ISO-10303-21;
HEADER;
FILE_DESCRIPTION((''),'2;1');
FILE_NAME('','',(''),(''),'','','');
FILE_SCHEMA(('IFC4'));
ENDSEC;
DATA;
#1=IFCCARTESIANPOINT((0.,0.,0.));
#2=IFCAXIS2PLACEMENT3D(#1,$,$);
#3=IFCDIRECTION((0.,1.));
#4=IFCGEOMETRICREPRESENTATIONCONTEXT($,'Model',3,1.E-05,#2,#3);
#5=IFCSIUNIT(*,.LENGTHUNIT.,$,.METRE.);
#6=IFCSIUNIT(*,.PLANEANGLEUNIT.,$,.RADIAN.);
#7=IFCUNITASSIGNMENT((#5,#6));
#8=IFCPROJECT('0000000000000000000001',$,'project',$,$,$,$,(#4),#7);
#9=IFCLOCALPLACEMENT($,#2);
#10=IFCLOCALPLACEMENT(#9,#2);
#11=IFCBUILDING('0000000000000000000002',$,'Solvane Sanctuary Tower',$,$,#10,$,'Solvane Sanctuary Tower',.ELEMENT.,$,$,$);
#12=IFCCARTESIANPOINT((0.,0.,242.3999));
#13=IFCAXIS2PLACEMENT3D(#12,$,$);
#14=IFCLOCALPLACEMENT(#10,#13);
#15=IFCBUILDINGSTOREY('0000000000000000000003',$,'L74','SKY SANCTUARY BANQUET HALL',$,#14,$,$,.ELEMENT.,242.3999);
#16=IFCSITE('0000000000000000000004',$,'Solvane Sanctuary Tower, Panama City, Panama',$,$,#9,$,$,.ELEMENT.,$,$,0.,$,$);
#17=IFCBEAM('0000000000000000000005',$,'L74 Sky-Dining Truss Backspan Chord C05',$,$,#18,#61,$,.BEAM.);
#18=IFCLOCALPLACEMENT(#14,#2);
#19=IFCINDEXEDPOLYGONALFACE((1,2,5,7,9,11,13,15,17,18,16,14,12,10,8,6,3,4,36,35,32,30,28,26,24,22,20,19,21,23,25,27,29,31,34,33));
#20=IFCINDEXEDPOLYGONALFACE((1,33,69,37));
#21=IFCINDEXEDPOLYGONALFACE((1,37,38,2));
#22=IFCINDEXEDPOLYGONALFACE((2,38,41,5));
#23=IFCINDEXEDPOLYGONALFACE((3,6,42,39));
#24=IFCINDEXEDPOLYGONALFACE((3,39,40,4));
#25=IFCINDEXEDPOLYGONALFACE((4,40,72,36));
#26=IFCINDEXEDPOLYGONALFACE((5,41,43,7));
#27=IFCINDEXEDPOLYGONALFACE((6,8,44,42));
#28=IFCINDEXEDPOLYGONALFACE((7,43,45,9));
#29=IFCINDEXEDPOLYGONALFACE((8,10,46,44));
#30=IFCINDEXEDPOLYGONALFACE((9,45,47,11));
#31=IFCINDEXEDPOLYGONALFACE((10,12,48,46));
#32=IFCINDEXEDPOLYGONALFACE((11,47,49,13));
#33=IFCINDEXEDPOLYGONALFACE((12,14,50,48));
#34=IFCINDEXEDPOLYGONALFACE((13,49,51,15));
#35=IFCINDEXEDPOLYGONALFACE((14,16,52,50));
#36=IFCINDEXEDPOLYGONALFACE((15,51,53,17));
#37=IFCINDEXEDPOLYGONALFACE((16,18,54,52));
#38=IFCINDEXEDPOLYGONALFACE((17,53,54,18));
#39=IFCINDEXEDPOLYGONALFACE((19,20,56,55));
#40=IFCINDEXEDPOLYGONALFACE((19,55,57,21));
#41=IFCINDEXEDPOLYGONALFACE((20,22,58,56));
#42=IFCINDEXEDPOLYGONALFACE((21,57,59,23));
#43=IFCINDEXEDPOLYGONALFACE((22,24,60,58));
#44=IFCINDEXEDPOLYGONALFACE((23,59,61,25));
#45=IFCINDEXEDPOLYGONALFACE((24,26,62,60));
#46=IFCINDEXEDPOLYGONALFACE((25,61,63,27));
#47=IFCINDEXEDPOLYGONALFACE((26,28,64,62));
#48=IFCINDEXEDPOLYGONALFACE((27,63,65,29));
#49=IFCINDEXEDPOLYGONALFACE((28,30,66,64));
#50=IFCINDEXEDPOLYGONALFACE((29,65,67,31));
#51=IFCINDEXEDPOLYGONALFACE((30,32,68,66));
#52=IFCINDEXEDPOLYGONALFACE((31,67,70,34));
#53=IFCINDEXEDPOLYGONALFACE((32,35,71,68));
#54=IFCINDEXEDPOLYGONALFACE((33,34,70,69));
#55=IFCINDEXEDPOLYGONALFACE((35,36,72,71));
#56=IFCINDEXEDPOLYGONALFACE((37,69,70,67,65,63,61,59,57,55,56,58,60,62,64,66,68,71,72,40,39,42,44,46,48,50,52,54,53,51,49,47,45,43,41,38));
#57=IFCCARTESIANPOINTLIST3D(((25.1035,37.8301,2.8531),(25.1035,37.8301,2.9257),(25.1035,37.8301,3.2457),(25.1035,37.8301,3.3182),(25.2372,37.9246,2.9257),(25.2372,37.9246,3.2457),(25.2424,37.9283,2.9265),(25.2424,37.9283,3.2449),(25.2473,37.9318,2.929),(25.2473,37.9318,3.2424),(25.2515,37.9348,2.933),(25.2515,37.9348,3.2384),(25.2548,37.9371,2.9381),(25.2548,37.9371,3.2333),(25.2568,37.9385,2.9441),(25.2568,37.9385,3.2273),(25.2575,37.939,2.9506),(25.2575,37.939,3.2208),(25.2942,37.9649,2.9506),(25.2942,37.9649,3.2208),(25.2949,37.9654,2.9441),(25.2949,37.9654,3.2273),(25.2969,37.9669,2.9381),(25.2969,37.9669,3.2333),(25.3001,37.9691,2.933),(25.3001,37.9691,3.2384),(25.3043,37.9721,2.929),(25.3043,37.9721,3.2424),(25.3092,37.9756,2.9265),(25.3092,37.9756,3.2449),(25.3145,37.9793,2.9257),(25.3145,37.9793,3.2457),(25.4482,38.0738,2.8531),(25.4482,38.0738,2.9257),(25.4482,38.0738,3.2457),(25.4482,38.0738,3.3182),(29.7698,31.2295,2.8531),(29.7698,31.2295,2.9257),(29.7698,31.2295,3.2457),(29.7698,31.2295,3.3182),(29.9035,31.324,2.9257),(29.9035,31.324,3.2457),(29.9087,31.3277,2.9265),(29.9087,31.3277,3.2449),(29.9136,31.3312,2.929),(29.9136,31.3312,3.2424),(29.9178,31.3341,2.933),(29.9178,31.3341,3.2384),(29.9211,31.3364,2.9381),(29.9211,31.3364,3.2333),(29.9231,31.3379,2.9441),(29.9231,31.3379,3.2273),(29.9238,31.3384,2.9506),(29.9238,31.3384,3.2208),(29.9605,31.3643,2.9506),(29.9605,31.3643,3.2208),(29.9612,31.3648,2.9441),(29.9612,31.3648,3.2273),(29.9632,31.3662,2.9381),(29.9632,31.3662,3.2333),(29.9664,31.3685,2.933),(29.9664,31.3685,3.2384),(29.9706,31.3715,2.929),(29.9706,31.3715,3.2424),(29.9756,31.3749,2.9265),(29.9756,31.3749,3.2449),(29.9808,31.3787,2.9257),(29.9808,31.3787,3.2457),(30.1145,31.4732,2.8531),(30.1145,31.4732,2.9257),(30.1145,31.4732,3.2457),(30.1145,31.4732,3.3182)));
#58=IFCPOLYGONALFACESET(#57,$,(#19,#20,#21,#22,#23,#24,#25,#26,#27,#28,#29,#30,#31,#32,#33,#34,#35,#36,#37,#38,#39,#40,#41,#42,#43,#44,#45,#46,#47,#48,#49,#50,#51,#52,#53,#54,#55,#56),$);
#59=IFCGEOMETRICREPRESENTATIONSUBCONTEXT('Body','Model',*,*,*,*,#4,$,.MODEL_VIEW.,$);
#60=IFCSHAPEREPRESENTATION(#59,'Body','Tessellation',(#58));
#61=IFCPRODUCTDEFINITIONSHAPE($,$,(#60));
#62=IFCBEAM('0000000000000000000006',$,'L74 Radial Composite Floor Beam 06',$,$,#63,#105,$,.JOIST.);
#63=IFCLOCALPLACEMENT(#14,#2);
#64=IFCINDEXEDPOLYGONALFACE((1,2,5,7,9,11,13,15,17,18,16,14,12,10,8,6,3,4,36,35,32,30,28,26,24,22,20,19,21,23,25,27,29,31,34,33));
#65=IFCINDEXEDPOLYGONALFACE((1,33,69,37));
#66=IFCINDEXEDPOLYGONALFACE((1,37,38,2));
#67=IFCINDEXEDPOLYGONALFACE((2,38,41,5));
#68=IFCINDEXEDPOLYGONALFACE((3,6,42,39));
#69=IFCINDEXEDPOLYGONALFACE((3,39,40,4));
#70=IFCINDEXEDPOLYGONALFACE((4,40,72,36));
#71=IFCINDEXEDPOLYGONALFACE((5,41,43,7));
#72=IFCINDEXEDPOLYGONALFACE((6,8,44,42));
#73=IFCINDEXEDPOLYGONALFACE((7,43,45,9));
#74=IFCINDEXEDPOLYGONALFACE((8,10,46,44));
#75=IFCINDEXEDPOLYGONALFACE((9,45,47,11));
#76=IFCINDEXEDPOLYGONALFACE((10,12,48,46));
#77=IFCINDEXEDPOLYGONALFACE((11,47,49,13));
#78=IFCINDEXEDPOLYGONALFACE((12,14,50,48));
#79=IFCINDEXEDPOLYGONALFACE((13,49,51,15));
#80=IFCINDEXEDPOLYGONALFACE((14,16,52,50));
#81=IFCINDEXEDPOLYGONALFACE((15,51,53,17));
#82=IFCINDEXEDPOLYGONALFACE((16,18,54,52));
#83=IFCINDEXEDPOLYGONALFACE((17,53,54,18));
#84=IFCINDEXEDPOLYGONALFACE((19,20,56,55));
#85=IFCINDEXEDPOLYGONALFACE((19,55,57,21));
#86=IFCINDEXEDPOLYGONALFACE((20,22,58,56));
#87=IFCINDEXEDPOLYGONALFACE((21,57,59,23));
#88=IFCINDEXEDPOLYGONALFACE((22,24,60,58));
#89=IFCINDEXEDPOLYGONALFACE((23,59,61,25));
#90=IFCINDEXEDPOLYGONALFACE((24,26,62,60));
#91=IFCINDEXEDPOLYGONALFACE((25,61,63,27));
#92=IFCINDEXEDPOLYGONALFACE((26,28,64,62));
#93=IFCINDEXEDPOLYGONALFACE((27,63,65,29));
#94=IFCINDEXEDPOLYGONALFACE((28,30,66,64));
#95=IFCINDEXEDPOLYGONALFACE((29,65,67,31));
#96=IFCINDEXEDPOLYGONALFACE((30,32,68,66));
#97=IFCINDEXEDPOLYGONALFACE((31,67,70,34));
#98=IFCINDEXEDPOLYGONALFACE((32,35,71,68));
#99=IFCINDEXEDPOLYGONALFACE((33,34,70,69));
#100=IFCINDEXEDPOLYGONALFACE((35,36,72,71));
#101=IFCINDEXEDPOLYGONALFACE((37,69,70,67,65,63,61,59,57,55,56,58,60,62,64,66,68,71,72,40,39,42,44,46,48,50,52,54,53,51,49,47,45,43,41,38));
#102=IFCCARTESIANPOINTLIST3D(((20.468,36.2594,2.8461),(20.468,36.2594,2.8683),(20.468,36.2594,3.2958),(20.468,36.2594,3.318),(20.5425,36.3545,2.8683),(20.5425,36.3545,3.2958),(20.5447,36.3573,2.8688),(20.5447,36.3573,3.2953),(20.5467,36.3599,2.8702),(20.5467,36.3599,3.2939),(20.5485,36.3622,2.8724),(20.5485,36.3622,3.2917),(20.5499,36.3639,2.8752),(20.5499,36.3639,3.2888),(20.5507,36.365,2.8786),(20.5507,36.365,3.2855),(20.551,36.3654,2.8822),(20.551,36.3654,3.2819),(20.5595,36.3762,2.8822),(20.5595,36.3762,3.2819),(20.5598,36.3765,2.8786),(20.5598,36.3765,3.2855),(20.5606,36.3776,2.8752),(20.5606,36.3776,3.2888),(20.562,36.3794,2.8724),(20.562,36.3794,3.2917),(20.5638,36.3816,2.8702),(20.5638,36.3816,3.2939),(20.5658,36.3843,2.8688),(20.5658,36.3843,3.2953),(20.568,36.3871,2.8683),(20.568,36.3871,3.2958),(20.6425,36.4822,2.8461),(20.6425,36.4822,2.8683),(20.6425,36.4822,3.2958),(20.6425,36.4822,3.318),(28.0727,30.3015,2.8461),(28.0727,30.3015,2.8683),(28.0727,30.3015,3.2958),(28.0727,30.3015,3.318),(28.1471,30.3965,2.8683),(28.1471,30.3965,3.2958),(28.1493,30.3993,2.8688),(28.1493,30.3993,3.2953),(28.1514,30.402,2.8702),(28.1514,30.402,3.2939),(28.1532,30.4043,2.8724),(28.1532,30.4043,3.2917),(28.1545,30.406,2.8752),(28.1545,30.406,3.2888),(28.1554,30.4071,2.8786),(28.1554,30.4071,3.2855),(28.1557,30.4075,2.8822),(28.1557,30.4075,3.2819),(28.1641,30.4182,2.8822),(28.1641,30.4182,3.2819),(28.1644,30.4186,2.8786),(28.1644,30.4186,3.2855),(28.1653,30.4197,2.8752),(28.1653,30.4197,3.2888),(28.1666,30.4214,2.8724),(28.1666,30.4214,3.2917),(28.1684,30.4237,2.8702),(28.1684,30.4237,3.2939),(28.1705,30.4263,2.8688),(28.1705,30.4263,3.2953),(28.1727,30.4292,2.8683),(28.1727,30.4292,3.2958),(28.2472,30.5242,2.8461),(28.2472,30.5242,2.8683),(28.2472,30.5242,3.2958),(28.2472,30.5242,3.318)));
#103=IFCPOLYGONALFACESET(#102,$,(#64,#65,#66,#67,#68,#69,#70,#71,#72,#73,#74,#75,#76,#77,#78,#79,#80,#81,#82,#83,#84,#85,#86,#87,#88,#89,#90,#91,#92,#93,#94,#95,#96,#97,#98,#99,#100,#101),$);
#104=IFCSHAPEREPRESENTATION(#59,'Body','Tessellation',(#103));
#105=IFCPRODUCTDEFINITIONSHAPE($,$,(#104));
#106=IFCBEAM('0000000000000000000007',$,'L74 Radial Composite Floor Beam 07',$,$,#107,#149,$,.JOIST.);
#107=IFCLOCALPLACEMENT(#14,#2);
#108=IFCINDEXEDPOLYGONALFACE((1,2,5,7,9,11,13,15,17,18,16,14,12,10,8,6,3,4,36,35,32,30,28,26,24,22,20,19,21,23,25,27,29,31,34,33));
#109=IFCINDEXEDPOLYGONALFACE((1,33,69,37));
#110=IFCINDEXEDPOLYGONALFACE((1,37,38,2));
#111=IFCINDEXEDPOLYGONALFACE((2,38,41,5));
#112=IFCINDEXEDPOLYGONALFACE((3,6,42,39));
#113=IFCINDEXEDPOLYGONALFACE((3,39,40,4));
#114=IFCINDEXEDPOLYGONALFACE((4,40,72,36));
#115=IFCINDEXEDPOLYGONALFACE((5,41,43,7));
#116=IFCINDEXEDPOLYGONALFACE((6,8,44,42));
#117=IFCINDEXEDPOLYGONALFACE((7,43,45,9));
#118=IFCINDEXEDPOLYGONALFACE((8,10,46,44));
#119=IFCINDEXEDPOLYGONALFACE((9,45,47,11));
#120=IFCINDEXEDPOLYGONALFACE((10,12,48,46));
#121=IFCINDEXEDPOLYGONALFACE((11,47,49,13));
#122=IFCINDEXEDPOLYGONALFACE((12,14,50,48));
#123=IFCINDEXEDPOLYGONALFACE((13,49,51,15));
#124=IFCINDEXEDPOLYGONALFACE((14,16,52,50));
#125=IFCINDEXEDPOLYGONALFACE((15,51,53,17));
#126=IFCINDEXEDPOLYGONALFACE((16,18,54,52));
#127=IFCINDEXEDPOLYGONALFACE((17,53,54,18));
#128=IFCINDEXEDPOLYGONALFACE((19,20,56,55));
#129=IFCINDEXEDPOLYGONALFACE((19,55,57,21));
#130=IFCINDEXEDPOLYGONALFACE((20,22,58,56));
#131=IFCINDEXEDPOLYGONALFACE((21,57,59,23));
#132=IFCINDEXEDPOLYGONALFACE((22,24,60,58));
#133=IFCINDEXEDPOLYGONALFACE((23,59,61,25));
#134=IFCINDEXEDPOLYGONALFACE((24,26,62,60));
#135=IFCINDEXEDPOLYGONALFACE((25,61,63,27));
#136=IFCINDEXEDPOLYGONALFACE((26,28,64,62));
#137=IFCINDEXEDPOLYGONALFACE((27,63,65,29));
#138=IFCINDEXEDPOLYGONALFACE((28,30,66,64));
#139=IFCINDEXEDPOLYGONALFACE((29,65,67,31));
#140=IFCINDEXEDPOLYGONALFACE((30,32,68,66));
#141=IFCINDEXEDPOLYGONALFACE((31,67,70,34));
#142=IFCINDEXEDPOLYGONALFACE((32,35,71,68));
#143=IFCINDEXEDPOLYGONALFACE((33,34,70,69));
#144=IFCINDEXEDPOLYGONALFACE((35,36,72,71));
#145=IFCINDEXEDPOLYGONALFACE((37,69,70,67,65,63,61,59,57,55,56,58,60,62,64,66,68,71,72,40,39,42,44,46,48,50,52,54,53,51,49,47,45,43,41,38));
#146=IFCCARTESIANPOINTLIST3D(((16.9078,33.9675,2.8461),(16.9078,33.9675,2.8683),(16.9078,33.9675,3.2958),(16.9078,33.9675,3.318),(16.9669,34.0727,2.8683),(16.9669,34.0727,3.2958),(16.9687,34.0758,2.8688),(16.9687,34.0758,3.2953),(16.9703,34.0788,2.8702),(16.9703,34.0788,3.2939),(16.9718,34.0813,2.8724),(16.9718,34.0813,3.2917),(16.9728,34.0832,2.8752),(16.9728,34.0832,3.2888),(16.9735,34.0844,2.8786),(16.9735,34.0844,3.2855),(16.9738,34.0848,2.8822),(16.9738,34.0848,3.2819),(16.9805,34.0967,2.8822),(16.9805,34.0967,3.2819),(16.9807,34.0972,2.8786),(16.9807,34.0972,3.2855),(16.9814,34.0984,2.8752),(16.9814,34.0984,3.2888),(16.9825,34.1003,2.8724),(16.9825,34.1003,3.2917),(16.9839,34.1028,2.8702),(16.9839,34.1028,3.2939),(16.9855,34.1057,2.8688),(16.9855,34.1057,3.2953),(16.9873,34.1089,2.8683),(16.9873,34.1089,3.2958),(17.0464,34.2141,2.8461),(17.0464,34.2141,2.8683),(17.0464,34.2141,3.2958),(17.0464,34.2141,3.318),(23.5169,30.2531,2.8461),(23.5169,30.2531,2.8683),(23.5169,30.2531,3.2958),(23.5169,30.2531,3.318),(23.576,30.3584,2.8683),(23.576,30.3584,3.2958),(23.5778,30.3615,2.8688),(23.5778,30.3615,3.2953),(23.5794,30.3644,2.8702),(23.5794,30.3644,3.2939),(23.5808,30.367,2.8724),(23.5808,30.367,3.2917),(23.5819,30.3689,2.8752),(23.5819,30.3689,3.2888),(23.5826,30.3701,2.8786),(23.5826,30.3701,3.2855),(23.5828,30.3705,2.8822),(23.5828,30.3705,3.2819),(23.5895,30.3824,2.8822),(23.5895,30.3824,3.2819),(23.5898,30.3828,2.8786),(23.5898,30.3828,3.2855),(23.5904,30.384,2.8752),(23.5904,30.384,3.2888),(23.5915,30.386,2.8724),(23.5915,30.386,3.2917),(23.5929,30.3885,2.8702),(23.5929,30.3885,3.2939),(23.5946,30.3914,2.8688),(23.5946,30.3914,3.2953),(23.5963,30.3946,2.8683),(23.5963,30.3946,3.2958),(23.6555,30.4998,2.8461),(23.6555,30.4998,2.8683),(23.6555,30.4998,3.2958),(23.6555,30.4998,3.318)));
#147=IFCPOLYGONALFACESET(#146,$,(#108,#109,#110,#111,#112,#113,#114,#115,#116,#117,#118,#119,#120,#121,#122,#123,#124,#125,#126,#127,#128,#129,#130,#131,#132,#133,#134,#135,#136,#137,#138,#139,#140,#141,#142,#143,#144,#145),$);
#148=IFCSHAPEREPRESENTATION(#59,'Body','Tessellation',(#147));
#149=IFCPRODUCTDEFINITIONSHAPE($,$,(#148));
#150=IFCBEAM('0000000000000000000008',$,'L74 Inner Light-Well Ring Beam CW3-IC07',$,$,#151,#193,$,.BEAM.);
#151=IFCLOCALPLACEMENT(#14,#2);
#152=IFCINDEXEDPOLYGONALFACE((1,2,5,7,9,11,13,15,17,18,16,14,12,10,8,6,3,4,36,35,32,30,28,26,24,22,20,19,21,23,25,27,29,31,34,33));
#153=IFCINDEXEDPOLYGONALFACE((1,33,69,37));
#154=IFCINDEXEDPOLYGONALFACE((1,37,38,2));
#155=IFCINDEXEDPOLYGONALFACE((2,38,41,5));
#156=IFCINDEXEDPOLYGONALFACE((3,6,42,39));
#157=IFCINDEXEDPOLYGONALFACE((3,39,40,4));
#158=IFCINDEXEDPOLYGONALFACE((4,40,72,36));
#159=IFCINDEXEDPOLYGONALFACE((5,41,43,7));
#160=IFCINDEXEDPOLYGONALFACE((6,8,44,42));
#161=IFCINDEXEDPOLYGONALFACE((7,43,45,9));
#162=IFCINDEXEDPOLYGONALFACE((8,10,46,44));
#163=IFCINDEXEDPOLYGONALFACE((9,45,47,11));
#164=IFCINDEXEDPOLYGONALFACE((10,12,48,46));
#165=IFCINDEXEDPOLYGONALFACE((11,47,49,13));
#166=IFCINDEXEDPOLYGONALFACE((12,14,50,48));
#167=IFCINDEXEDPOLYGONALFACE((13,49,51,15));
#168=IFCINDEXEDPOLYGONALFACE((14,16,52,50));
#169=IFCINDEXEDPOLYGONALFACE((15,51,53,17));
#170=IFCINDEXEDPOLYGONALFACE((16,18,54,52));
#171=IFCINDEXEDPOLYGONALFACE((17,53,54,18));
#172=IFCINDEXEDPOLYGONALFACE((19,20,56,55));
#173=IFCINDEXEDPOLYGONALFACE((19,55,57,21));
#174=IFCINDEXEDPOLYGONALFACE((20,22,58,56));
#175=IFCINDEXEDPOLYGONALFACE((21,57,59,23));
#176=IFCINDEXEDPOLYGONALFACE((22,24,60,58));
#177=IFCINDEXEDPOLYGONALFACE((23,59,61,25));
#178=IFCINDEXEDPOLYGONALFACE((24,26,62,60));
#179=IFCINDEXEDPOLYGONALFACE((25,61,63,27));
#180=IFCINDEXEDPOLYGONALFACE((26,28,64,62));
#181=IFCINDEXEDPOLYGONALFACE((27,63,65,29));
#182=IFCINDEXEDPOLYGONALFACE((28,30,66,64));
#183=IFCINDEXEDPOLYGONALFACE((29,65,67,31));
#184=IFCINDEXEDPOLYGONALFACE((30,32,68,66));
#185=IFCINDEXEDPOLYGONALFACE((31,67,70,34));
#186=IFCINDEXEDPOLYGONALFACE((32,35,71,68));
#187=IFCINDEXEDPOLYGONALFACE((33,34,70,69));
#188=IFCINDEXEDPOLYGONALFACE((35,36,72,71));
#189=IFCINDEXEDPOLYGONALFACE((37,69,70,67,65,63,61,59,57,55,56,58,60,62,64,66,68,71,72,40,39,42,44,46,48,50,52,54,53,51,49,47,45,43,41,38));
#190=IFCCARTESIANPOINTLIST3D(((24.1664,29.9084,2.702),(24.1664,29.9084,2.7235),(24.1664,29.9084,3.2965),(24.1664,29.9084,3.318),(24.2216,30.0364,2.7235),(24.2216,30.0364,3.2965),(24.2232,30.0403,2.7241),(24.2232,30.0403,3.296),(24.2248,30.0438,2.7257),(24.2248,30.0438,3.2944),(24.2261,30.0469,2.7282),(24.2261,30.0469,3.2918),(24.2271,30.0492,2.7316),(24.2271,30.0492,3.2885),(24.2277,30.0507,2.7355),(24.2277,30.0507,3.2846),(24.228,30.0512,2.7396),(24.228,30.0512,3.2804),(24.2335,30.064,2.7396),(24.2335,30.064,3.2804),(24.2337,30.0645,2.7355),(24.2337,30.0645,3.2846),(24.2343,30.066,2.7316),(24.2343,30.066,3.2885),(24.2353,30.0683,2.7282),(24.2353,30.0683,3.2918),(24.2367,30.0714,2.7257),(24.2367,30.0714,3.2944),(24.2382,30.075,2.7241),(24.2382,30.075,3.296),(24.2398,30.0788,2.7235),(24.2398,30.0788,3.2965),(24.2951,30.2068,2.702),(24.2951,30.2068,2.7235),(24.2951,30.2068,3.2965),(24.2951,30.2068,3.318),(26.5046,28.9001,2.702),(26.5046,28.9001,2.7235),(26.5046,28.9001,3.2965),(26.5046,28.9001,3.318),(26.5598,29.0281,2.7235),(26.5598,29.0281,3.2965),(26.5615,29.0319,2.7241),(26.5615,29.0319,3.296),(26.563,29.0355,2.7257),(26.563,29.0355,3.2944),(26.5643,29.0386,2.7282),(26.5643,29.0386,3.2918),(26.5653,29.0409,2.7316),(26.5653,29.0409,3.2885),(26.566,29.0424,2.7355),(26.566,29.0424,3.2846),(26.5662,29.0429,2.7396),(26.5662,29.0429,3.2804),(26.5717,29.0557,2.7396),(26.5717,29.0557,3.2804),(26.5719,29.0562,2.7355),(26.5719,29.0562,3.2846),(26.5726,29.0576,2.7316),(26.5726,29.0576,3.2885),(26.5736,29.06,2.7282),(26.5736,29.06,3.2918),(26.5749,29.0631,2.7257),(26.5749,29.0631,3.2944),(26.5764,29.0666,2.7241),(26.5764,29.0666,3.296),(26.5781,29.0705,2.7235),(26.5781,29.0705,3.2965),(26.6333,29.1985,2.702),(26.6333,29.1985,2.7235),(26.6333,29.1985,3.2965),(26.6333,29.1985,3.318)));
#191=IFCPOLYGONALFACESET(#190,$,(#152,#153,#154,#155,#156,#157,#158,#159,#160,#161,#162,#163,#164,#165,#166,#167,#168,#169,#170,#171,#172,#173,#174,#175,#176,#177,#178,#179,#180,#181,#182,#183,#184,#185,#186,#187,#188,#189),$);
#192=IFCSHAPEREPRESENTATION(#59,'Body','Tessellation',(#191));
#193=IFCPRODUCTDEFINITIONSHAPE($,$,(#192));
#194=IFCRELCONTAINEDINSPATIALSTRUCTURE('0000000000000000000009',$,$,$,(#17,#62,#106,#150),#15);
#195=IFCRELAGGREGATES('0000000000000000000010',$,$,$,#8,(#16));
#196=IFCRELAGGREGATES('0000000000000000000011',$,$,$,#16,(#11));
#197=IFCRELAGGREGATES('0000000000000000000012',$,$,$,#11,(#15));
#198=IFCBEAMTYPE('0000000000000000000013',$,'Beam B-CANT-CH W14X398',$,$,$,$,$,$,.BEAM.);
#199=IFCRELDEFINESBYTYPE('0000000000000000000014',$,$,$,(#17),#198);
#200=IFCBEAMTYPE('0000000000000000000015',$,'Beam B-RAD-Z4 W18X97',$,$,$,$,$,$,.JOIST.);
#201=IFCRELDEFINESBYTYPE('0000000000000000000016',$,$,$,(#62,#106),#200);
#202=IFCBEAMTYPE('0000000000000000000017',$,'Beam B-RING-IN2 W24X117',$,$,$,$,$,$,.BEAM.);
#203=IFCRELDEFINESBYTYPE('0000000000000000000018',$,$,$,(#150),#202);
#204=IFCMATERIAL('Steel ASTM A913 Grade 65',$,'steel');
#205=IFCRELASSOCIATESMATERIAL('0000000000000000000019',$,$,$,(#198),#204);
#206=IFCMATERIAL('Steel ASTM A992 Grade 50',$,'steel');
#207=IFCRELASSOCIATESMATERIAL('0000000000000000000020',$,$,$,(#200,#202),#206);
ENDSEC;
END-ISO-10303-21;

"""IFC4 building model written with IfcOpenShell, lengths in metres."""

from ifc_helpers import new_model, si_unit, direction, frame, origin, origin_2d, place, context, subcontext, project, spatial, i_section, extrude, material, material_profile, profile_set, type_object, element, save


model = new_model("IFC4")

# Units and contexts
model_context = context("Model", 3, precision=1e-05, world=origin(), true_north=direction((0.0, 1.0)))
body_context = subcontext(model_context, "Body", "Model", "MODEL_VIEW")
ifc_project = project(units=[si_unit("LENGTHUNIT", "METRE"), si_unit("PLANEANGLEUNIT", "RADIAN")], contexts=[model_context])

# Site, building, storey
site_placement = place(None, origin())
site = spatial("IfcSite", under=ifc_project, at=site_placement, Name="Solvane Sanctuary Tower, Panama City, Panama", CompositionType="ELEMENT", RefElevation=0.0)
building_placement = place(site_placement, origin())
building = spatial("IfcBuilding", under=site, at=building_placement, Name="Solvane Sanctuary Tower", LongName="Solvane Sanctuary Tower", CompositionType="ELEMENT")
storey_placement = place(building_placement, frame((0.0, 0.0, 242.3999)))
storey = spatial("IfcBuildingStorey", under=building, at=storey_placement, Name="L74", Description="SKY SANCTUARY BANQUET HALL", CompositionType="ELEMENT", Elevation=242.3999)

# Shared definitions
ifc_material_1 = material(Name="Steel ASTM A913 Grade 65", Category="steel")

# Beams
ifc_material_profile_1 = material_profile(ifc_material_1, i_section(OverallWidth=0.4221, OverallDepth=0.4651, WebThickness=0.0449, FlangeThickness=0.0725, FilletRadius=0.0249, at=origin_2d()), Name="W14X398")
ifc_profile_set_1 = profile_set([ifc_material_profile_1], Name="Steel ASTM A913 Grade 65")
beam_type_1 = type_object("IfcBeamType", Name="Beam B-CANT-CH W14X398", PredefinedType="BEAM", material=ifc_profile_set_1)
beam_1_placement = place(storey_placement, frame((29.9421, 31.3513, 3.0857), z_axis=(-0.577263, 0.816558, 0.0), x_axis=(-0.816558, -0.577263, 0.0)))
element("IfcBeam", 1, at=beam_1_placement, inside=storey, type_object=beam_type_1, Name="L74 Sky-Dining Truss Backspan Chord C05", PredefinedType="BEAM", context=body_context, shape_type="SweptSolid", body=[
    extrude(i_section(OverallWidth=0.4221, OverallDepth=0.4651, WebThickness=0.0449, FlangeThickness=0.0725, FilletRadius=0.0249, at=origin_2d()), origin(), (0.0, 0.0, 1.0), 8.0835),
])
ifc_material_2 = material(Name="Steel ASTM A992 Grade 50", Category="steel")
ifc_material_profile_2 = material_profile(ifc_material_2, i_section(OverallWidth=0.283, OverallDepth=0.4719, WebThickness=0.0137, FlangeThickness=0.0222, FilletRadius=0.0139, at=origin_2d()), Name="W18X97")
ifc_profile_set_2 = profile_set([ifc_material_profile_2], Name="Steel ASTM A992 Grade 50")
beam_type_2 = type_object("IfcBeamType", Name="Beam B-RAD-Z4 W18X97", PredefinedType="JOIST", material=ifc_profile_set_2)
beam_2_placement = place(storey_placement, frame((28.1599, 30.4128, 3.082), z_axis=(-0.78718, 0.616724, 0.0), x_axis=(-0.616724, -0.78718, 0.0)))
element("IfcBeam", 2, at=beam_2_placement, inside=storey, type_object=beam_type_2, Name="L74 Radial Composite Floor Beam 06", PredefinedType="JOIST", context=body_context, shape_type="SweptSolid", body=[
    extrude(i_section(OverallWidth=0.283, OverallDepth=0.4719, WebThickness=0.0137, FlangeThickness=0.0222, FilletRadius=0.0139, at=origin_2d()), origin(), (0.0, 0.0, 1.0), 9.6606),
])
beam_3_placement = place(storey_placement, frame((23.5862, 30.3765, 3.082), z_axis=(-0.87176, 0.489932, 0.0), x_axis=(-0.489932, -0.87176, 0.0)))
element("IfcBeam", 3, at=beam_3_placement, inside=storey, type_object=beam_type_2, Name="L74 Radial Composite Floor Beam 07", PredefinedType="JOIST", context=body_context, shape_type="SweptSolid", body=[
    extrude(i_section(OverallWidth=0.283, OverallDepth=0.4719, WebThickness=0.0137, FlangeThickness=0.0222, FilletRadius=0.0139, at=origin_2d()), origin(), (0.0, 0.0, 1.0), 7.5813),
])
ifc_material_profile_3 = material_profile(ifc_material_2, i_section(OverallWidth=0.325, OverallDepth=0.616, WebThickness=0.0139, FlangeThickness=0.0215, FilletRadius=0.0161, at=origin_2d()), Name="W24X117")
ifc_profile_set_3 = profile_set([ifc_material_profile_3], Name="Steel ASTM A992 Grade 50")
beam_type_3 = type_object("IfcBeamType", Name="Beam B-RING-IN2 W24X117", PredefinedType="BEAM", material=ifc_profile_set_3)
beam_4_placement = place(storey_placement, frame((24.2307, 30.0576, 3.01), z_axis=(0.918255, -0.39599, 0.0), x_axis=(0.39599, 0.918255, 0.0)))
element("IfcBeam", 4, at=beam_4_placement, inside=storey, type_object=beam_type_3, Name="L74 Inner Light-Well Ring Beam CW3-IC07", PredefinedType="BEAM", context=body_context, shape_type="SweptSolid", body=[
    extrude(i_section(OverallWidth=0.325, OverallDepth=0.616, WebThickness=0.0139, FlangeThickness=0.0215, FilletRadius=0.0161, at=origin_2d()), origin(), (0.0, 0.0, 1.0), 2.5464),
])

save(model, "model.ifc")
